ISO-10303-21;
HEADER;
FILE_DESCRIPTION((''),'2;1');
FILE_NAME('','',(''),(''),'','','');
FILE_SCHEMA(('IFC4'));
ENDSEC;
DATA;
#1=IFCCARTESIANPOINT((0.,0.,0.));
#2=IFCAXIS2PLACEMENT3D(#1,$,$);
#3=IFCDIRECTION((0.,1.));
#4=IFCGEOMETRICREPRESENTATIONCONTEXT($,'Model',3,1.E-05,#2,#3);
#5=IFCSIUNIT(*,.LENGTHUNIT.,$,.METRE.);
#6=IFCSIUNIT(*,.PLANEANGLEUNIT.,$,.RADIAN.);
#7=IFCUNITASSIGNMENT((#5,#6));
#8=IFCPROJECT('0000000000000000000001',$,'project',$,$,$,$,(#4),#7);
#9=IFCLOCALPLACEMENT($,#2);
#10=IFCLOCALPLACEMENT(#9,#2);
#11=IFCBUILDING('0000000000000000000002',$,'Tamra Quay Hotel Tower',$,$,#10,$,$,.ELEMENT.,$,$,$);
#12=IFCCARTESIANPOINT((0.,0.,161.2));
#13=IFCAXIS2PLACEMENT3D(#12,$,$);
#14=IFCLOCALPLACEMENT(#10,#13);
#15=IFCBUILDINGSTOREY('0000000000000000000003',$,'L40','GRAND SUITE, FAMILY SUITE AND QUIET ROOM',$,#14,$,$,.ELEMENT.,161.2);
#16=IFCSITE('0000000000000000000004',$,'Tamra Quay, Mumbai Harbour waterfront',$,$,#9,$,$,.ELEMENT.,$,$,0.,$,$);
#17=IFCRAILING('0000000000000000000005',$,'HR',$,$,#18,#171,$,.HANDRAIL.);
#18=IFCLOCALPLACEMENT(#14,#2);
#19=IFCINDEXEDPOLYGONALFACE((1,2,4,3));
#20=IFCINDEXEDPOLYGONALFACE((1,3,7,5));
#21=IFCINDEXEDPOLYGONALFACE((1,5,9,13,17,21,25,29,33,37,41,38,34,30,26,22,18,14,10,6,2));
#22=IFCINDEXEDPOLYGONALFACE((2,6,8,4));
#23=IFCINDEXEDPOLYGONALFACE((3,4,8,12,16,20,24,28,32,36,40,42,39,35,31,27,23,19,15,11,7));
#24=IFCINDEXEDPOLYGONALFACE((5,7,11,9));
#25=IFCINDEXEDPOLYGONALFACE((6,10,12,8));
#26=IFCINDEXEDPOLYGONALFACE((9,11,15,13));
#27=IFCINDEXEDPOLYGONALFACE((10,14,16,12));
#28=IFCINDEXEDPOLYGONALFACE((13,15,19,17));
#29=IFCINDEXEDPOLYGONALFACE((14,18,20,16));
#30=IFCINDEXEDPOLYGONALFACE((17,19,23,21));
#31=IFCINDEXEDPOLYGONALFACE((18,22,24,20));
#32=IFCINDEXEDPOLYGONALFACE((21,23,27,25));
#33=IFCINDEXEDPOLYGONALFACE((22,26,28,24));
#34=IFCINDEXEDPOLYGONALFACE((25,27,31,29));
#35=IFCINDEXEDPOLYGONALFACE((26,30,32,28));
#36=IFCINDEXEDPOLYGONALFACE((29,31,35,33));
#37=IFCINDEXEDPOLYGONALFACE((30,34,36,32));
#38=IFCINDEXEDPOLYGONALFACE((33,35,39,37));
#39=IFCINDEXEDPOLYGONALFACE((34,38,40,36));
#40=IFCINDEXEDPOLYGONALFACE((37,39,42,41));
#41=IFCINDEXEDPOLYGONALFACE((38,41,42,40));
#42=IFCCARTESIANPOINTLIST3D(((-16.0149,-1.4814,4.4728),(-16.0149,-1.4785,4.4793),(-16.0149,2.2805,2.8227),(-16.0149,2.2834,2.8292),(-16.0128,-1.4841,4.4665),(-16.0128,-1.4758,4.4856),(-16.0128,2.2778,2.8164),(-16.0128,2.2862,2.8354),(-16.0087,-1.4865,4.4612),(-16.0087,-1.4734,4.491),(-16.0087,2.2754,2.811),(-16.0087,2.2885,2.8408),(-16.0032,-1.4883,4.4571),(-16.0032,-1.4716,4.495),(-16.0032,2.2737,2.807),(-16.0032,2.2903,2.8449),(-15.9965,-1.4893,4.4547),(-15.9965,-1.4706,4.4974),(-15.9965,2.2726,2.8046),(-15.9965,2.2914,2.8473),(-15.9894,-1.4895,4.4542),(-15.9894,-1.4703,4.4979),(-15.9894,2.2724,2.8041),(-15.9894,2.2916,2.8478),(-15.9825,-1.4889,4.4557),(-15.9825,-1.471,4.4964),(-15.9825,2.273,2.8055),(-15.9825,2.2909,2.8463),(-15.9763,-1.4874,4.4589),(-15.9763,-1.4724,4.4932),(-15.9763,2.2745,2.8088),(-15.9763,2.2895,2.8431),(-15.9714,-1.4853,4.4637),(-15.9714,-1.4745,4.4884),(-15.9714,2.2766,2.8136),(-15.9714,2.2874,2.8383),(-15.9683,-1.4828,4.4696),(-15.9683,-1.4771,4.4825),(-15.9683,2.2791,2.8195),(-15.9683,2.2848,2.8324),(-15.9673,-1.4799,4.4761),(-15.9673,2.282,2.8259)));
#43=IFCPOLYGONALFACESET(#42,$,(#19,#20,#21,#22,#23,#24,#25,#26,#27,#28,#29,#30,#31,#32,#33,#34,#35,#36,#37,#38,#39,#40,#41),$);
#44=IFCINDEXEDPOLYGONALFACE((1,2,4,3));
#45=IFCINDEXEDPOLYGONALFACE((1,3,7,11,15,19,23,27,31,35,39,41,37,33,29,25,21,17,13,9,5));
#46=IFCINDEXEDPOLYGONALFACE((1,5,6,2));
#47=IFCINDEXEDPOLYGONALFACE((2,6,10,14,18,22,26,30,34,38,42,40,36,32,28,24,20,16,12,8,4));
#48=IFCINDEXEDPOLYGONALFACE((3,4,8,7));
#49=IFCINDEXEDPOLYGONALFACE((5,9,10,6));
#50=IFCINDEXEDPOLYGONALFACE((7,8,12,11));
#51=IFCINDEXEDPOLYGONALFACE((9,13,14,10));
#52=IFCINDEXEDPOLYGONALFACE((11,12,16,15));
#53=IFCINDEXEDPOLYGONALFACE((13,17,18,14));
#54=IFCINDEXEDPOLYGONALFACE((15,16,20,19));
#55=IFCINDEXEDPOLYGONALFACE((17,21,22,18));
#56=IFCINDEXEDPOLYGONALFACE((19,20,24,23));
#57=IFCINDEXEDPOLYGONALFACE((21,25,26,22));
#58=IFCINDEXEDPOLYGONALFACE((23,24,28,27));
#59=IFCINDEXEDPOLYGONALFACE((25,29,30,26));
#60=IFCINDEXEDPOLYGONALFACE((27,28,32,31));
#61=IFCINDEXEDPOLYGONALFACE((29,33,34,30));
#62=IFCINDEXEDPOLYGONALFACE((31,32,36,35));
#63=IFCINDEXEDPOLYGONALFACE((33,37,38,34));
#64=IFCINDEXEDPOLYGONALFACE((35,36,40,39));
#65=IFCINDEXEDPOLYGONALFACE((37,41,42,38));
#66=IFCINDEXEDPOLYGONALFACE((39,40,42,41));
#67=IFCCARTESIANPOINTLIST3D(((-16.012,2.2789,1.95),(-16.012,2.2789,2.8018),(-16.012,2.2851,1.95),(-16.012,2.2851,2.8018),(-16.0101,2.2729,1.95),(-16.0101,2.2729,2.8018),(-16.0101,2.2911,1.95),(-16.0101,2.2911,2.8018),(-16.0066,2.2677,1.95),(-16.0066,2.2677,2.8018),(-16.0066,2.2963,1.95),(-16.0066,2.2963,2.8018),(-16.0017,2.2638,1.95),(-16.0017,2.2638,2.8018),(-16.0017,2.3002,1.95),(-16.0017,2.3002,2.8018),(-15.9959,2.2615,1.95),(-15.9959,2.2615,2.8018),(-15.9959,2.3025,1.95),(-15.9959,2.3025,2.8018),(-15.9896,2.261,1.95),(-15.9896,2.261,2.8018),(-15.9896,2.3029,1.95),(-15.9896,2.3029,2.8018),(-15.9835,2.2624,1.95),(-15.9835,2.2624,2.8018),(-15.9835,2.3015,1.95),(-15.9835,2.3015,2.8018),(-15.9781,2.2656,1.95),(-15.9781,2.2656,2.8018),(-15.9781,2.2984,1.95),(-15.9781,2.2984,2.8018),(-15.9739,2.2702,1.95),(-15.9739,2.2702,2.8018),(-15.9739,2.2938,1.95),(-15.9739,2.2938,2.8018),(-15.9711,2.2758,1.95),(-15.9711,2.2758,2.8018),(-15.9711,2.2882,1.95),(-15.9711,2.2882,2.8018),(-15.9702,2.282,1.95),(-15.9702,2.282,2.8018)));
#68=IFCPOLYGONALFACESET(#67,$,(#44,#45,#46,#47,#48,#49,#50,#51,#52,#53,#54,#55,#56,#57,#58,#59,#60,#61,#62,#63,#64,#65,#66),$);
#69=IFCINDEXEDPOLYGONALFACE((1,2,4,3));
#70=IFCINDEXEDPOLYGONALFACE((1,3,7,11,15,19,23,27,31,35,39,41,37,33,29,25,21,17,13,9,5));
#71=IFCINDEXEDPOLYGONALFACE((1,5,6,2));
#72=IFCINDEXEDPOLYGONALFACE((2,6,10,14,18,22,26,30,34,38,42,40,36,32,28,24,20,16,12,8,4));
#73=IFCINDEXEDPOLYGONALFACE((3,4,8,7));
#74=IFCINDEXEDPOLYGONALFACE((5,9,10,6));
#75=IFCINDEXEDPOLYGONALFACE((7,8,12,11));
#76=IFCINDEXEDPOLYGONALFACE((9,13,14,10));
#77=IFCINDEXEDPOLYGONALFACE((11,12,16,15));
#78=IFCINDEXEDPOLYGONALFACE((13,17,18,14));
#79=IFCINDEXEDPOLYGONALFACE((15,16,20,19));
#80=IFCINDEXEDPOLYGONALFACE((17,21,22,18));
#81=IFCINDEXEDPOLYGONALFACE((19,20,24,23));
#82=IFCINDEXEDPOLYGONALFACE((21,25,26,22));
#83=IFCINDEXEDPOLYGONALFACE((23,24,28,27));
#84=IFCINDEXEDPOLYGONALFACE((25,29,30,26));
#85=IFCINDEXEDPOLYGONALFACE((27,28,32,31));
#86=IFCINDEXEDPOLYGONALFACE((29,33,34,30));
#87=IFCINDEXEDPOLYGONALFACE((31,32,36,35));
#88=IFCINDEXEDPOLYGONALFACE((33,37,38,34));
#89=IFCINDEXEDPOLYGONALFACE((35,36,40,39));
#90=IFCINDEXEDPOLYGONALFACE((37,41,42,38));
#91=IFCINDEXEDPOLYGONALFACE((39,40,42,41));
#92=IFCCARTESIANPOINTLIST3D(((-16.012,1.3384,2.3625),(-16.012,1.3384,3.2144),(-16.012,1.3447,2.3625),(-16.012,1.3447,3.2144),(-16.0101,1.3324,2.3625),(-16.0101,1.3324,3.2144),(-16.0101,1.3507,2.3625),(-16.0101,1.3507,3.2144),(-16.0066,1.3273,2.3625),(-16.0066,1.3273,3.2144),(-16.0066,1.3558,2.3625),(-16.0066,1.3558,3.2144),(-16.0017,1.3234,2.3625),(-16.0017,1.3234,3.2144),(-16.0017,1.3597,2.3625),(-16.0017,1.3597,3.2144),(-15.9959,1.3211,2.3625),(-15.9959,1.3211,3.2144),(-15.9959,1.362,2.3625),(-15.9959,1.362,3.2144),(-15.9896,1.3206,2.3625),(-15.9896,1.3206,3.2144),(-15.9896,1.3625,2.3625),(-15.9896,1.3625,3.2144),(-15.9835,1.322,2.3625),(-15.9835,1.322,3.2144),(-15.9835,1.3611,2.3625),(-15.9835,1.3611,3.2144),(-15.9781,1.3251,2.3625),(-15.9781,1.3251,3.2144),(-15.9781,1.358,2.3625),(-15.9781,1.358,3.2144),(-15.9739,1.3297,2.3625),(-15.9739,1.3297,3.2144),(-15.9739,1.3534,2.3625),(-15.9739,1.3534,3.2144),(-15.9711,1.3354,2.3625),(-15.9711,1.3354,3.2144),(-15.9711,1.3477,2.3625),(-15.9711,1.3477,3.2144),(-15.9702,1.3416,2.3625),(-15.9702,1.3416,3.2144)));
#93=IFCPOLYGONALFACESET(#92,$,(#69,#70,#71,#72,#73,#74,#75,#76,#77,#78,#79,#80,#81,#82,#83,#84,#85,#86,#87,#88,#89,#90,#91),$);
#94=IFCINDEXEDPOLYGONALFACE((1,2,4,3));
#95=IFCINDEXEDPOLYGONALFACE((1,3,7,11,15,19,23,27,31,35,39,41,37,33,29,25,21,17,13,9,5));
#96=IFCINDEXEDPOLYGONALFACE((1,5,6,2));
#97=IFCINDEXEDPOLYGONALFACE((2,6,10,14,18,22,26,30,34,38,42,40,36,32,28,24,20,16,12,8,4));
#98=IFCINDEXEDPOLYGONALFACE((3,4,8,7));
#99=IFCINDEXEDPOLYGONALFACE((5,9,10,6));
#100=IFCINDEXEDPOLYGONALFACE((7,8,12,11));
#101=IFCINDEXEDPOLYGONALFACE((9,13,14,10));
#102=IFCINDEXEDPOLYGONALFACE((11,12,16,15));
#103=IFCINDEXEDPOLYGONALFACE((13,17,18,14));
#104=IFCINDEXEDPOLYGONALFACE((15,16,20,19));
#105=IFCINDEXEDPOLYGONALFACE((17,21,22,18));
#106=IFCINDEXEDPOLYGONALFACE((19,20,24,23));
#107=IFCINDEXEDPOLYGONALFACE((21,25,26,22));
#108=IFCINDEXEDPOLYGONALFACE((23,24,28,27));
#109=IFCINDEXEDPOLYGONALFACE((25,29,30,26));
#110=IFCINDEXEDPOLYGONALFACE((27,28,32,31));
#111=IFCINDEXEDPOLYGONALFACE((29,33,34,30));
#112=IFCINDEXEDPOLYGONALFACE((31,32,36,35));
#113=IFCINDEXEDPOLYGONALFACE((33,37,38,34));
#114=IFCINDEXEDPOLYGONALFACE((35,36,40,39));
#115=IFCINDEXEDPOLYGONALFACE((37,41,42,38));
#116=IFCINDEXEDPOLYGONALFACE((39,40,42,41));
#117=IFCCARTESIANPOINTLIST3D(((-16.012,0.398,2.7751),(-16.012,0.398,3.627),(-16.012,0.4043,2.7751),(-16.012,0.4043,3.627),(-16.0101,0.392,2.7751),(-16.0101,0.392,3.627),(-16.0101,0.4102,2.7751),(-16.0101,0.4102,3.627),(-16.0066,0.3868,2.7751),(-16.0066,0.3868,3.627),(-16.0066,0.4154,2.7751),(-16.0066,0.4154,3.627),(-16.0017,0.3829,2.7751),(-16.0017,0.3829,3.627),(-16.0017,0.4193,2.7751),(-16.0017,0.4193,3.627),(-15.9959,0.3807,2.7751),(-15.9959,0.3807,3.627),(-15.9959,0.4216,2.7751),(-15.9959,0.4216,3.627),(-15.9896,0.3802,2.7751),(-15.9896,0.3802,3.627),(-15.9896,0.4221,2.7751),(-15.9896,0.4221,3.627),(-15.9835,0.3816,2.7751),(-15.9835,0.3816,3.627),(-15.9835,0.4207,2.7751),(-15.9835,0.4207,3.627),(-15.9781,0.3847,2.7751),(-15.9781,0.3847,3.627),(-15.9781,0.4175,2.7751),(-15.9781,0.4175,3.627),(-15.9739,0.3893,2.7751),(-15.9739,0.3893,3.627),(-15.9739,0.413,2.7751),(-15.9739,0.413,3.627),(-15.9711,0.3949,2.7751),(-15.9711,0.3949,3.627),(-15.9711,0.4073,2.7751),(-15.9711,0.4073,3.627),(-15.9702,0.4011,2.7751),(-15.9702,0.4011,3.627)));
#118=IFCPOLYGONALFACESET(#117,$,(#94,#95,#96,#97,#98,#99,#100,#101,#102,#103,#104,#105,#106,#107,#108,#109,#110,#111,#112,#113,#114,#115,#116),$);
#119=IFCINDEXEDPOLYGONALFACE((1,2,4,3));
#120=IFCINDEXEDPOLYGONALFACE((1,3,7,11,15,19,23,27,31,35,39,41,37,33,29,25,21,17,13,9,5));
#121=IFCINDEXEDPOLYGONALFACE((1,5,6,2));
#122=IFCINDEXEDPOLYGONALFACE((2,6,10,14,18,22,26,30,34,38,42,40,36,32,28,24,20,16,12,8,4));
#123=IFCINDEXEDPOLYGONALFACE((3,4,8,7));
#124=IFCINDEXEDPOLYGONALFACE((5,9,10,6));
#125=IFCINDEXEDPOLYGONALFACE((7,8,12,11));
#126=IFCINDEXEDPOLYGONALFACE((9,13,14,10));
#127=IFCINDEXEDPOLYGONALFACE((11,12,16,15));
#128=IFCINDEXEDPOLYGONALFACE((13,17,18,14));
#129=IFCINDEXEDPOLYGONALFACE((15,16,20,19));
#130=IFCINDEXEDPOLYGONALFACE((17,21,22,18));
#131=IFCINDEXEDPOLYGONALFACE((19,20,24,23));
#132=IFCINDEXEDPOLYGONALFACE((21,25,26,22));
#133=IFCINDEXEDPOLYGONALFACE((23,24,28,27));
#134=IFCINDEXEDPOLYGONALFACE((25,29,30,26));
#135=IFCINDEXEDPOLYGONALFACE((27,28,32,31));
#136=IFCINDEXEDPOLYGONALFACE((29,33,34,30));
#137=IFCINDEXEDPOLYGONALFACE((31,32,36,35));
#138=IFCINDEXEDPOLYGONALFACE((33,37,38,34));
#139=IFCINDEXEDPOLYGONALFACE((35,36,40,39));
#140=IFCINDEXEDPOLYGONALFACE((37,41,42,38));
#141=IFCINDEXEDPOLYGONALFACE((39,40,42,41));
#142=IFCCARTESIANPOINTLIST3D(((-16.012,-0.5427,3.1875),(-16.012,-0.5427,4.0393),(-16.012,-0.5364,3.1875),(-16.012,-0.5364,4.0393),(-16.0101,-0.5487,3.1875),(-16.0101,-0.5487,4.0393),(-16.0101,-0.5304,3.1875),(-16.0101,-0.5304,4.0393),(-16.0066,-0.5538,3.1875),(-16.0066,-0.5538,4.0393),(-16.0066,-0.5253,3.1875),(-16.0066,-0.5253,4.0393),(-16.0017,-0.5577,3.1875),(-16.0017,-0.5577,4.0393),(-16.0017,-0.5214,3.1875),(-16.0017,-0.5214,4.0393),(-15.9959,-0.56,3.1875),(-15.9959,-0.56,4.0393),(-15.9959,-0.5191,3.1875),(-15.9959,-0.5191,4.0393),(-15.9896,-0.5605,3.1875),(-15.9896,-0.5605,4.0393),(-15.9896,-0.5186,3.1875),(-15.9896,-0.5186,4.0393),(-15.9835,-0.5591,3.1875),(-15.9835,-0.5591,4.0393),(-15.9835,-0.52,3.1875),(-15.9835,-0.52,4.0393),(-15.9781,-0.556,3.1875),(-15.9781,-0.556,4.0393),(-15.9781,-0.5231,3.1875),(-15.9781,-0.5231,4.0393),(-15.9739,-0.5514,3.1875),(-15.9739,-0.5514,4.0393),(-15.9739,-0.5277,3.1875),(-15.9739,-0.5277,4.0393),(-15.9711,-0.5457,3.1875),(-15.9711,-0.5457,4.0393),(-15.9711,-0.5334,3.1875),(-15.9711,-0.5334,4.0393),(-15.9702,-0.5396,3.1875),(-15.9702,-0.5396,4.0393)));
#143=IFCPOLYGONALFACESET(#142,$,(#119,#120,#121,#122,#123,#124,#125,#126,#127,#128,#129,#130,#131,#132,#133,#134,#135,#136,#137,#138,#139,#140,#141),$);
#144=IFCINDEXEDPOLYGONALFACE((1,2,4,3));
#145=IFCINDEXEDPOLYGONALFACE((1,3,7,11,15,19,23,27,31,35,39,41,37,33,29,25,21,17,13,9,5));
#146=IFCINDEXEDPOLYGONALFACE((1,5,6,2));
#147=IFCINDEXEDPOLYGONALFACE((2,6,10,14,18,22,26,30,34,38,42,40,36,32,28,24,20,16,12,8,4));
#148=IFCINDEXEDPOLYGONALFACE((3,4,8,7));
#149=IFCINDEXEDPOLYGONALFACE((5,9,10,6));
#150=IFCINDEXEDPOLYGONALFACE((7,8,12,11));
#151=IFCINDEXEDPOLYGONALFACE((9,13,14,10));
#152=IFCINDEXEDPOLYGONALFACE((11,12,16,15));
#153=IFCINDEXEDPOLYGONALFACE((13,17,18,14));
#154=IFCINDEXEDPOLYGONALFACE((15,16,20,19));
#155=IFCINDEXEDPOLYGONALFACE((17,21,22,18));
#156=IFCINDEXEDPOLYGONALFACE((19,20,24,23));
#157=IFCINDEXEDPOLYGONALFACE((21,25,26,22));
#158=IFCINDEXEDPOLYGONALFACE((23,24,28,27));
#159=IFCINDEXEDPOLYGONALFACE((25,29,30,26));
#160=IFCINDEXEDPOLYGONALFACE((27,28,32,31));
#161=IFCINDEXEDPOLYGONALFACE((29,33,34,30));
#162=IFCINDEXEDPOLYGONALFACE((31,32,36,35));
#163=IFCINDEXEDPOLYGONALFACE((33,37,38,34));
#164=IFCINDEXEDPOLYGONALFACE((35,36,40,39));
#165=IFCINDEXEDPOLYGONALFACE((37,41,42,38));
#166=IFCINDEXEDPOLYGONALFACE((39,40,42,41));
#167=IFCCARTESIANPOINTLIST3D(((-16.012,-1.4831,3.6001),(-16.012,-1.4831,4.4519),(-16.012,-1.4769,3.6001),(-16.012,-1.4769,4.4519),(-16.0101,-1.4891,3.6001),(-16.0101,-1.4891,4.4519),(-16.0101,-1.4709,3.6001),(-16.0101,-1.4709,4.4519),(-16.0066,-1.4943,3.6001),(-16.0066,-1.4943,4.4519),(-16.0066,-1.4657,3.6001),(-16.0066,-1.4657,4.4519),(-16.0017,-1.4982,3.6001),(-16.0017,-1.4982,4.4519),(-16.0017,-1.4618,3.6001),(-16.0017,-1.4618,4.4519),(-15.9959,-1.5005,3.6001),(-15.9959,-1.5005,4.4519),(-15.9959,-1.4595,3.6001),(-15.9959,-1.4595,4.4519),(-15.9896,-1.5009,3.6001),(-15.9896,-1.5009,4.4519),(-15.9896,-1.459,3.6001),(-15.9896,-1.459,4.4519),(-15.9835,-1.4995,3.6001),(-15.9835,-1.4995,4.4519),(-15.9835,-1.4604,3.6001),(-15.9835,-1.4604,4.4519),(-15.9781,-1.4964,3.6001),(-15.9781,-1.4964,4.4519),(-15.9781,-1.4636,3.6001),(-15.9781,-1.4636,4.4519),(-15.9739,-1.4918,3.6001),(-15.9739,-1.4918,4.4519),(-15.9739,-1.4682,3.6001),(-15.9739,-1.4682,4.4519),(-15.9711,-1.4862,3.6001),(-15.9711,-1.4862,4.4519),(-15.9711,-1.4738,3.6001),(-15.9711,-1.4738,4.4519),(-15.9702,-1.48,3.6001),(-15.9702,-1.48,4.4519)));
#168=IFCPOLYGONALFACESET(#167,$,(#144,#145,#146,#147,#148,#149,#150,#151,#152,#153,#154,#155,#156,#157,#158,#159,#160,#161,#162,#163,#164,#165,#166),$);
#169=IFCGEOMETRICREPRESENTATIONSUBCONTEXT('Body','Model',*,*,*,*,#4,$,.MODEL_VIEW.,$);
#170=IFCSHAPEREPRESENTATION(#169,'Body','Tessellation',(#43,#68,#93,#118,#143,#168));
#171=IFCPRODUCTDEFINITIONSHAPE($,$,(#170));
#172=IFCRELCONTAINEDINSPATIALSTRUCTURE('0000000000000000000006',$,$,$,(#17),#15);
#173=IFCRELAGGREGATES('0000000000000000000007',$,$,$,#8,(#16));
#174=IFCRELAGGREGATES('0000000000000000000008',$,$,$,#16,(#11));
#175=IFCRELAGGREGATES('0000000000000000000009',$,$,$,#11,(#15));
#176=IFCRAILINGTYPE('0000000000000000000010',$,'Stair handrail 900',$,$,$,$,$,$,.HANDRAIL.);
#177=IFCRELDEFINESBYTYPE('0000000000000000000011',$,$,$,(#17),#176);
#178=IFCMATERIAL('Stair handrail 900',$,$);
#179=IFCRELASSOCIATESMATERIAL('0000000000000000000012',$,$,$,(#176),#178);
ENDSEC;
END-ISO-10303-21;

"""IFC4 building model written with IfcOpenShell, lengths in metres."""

from ifc_helpers import new_model, si_unit, direction, frame, origin, origin_2d, place, context, subcontext, project, spatial, circle, extrude, material, type_object, element, save


model = new_model("IFC4")

# Units and contexts
model_context = context("Model", 3, precision=1e-05, world=origin(), true_north=direction((0.0, 1.0)))
body_context = subcontext(model_context, "Body", "Model", "MODEL_VIEW")
ifc_project = project(units=[si_unit("LENGTHUNIT", "METRE"), si_unit("PLANEANGLEUNIT", "RADIAN")], contexts=[model_context])

# Site, building, storey
site_placement = place(None, origin())
site = spatial("IfcSite", under=ifc_project, at=site_placement, Name="Tamra Quay, Mumbai Harbour waterfront", CompositionType="ELEMENT", RefElevation=0.0)
building_placement = place(site_placement, origin())
building = spatial("IfcBuilding", under=site, at=building_placement, Name="Tamra Quay Hotel Tower", CompositionType="ELEMENT")
storey_placement = place(building_placement, frame((0.0, 0.0, 161.2)))
storey = spatial("IfcBuildingStorey", under=building, at=storey_placement, Name="L40", Description="GRAND SUITE, FAMILY SUITE AND QUIET ROOM", CompositionType="ELEMENT", Elevation=161.2)

# Railing
ifc_material_1 = material(Name="Stair handrail 900")
railing_type = type_object("IfcRailingType", Name="Stair handrail 900", PredefinedType="HANDRAIL", material=ifc_material_1)
railing_placement = place(storey_placement, frame((-15.9912, 2.282, 1.95)))
element("IfcRailing", 1, at=railing_placement, inside=storey, type_object=railing_type, Name="HR", PredefinedType="HANDRAIL", context=body_context, shape_type="SweptSolid", body=[
    extrude(circle(Radius=0.0239, at=origin_2d()), frame((0.0, 0.0, 0.876), z_axis=(0.0, -0.915774, 0.401695), x_axis=(1.0, 0.0, 0.0)), (0.0, 0.0, 1.0), 4.1079),
    extrude(circle(Radius=0.021, at=origin_2d()), origin(), (0.0, 0.0, 1.0), 0.8518),
    extrude(circle(Radius=0.021, at=origin_2d()), frame((0.0, -0.9404, 0.4126)), (0.0, 0.0, 1.0), 0.8518),
    extrude(circle(Radius=0.021, at=origin_2d()), frame((0.0, -1.8809, 0.8252)), (0.0, 0.0, 1.0), 0.8518),
    extrude(circle(Radius=0.021, at=origin_2d()), frame((0.0, -2.8215, 1.2375)), (0.0, 0.0, 1.0), 0.8518),
    extrude(circle(Radius=0.021, at=origin_2d()), frame((0.0, -3.762, 1.6501)), (0.0, 0.0, 1.0), 0.8518),
])

save(model, "model.ifc")
